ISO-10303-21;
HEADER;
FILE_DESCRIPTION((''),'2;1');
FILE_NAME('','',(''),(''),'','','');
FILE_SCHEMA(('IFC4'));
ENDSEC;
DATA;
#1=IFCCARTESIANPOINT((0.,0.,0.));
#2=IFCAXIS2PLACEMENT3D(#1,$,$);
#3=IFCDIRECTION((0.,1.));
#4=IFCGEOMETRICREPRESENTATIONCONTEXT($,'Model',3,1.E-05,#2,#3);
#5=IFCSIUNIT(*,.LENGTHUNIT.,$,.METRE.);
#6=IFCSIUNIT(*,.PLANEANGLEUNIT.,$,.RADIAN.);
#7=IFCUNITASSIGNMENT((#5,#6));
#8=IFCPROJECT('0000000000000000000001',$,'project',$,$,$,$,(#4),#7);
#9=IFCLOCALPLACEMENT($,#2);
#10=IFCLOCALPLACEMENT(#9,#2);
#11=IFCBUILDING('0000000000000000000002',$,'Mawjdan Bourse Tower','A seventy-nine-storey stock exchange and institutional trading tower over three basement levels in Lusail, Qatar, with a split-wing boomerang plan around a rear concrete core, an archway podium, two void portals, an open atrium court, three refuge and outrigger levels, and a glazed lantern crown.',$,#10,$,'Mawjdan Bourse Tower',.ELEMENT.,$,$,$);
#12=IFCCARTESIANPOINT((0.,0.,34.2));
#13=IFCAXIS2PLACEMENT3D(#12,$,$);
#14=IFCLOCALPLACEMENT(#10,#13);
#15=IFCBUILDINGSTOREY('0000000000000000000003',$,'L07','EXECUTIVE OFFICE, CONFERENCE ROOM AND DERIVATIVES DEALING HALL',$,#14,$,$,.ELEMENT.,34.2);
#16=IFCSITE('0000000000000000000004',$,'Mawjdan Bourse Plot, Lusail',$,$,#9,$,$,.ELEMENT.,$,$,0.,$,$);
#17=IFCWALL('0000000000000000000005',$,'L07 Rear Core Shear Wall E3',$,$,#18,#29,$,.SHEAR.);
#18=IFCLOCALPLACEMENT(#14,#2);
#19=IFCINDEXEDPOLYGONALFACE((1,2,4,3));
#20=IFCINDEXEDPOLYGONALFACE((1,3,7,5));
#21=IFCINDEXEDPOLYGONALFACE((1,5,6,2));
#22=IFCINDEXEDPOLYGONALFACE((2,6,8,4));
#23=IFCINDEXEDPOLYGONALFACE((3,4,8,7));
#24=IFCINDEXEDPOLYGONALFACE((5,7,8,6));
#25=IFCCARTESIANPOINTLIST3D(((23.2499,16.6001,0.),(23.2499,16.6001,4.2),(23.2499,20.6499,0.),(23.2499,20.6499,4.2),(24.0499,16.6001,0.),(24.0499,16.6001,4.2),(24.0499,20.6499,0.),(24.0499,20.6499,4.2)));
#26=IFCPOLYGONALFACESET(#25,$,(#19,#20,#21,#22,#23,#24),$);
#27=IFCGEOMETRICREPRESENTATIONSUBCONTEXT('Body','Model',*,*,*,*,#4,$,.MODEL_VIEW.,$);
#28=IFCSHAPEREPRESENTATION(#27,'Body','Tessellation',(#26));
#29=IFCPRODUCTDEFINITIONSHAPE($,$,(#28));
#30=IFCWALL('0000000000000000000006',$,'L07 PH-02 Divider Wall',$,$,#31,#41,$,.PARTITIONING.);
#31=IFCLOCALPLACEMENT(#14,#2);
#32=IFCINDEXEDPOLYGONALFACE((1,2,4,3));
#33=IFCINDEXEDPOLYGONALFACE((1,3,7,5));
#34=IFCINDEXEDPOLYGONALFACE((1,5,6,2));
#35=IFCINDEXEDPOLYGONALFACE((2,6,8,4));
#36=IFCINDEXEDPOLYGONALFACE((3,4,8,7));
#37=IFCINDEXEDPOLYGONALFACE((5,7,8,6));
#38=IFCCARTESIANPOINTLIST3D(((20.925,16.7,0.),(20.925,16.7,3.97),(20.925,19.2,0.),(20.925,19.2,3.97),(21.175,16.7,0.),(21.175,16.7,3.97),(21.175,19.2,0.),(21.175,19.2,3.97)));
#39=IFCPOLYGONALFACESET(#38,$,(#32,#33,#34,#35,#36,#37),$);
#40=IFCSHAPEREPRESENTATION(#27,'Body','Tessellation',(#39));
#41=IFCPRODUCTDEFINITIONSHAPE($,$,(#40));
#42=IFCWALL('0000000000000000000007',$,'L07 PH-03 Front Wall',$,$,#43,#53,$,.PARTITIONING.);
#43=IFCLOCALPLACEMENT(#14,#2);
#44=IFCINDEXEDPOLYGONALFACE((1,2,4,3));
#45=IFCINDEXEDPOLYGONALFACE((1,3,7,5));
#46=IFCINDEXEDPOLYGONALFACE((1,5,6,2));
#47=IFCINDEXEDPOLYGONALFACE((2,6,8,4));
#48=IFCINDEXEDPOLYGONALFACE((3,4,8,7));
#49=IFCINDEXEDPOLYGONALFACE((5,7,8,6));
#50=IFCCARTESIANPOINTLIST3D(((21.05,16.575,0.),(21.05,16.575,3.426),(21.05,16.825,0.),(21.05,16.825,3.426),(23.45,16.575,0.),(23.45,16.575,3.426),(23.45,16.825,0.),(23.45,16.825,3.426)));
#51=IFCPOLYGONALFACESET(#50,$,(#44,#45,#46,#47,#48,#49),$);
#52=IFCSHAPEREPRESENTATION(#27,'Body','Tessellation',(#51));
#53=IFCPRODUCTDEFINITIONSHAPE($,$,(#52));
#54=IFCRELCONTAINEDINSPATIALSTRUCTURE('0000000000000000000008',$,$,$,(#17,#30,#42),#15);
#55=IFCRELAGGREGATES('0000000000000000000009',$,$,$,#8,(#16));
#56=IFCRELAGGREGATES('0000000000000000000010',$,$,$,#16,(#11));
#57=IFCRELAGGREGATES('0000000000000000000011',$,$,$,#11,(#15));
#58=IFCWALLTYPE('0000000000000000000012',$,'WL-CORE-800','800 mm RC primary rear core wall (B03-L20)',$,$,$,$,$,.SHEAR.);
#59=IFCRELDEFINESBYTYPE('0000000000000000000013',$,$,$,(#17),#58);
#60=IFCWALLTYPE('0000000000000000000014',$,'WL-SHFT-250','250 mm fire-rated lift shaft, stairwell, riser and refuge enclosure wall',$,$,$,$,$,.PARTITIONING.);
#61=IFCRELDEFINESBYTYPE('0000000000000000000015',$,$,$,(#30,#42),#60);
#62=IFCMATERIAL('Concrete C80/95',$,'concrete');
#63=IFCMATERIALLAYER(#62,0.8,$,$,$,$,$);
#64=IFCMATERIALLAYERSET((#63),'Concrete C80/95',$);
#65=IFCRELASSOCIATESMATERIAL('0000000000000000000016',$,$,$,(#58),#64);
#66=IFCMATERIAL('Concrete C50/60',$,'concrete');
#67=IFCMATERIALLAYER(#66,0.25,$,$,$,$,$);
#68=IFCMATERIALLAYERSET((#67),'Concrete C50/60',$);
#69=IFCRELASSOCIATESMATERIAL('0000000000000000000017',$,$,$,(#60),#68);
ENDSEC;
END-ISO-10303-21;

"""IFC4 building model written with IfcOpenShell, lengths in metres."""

from ifc_helpers import new_model, si_unit, direction, frame, frame_2d, origin, place, context, subcontext, project, spatial, rectangle, extrude, material, layer, layer_set, type_object, element, save


model = new_model("IFC4")

# Units and contexts
model_context = context("Model", 3, precision=1e-05, world=origin(), true_north=direction((0.0, 1.0)))
body_context = subcontext(model_context, "Body", "Model", "MODEL_VIEW")
ifc_project = project(units=[si_unit("LENGTHUNIT", "METRE"), si_unit("PLANEANGLEUNIT", "RADIAN")], contexts=[model_context])

# Site, building, storey
site_placement = place(None, origin())
site = spatial("IfcSite", under=ifc_project, at=site_placement, Name="Mawjdan Bourse Plot, Lusail", CompositionType="ELEMENT", RefElevation=0.0)
building_placement = place(site_placement, origin())
building = spatial("IfcBuilding", under=site, at=building_placement, Name="Mawjdan Bourse Tower", Description="A seventy-nine-storey stock exchange and institutional trading tower over three basement levels in Lusail, Qatar, with a split-wing boomerang plan around a rear concrete core, an archway podium, two void portals, an open atrium court, three refuge and outrigger levels, and a glazed lantern crown.", LongName="Mawjdan Bourse Tower", CompositionType="ELEMENT")
storey_placement = place(building_placement, frame((0.0, 0.0, 34.2)))
storey = spatial("IfcBuildingStorey", under=building, at=storey_placement, Name="L07", Description="EXECUTIVE OFFICE, CONFERENCE ROOM AND DERIVATIVES DEALING HALL", CompositionType="ELEMENT", Elevation=34.2)

# Shared definitions
ifc_material_1 = material(Name="Concrete C80/95", Category="concrete")

# Walls
ifc_layer_1 = layer(ifc_material_1, 0.8)
ifc_layer_set_1 = layer_set([ifc_layer_1], Name="Concrete C80/95")
wall_type_1 = type_object("IfcWallType", Name="WL-CORE-800", Description="800 mm RC primary rear core wall (B03-L20)", PredefinedType="SHEAR", material=ifc_layer_set_1)
wall_1_placement = place(storey_placement, frame((23.6499, 16.6001, 0.0), z_axis=(0.0, 0.0, 1.0), x_axis=(0.0, 1.0, 0.0)))
element("IfcWall", 1, at=wall_1_placement, inside=storey, type_object=wall_type_1, Name="L07 Rear Core Shear Wall E3", PredefinedType="SHEAR", context=body_context, shape_type="SweptSolid", body=[
    extrude(rectangle(XDim=4.0498, YDim=0.8, at=frame_2d((2.0249, 0.0))), origin(), (0.0, 0.0, 1.0), 4.2),
])
ifc_material_2 = material(Name="Concrete C50/60", Category="concrete")
ifc_layer_2 = layer(ifc_material_2, 0.25)
ifc_layer_set_2 = layer_set([ifc_layer_2], Name="Concrete C50/60")
wall_type_2 = type_object("IfcWallType", Name="WL-SHFT-250", Description="250 mm fire-rated lift shaft, stairwell, riser and refuge enclosure wall", PredefinedType="PARTITIONING", material=ifc_layer_set_2)
wall_2_placement = place(storey_placement, frame((21.05, 16.7, 0.0), z_axis=(0.0, 0.0, 1.0), x_axis=(0.0, 1.0, 0.0)))
element("IfcWall", 2, at=wall_2_placement, inside=storey, type_object=wall_type_2, Name="L07 PH-02 Divider Wall", PredefinedType="PARTITIONING", context=body_context, shape_type="SweptSolid", body=[
    extrude(rectangle(XDim=2.5, YDim=0.25, at=frame_2d((1.25, 0.0))), origin(), (0.0, 0.0, 1.0), 3.97),
])
wall_3_placement = place(storey_placement, frame((21.05, 16.7, 0.0), z_axis=(0.0, 0.0, 1.0), x_axis=(1.0, 0.0, 0.0)))
element("IfcWall", 3, at=wall_3_placement, inside=storey, type_object=wall_type_2, Name="L07 PH-03 Front Wall", PredefinedType="PARTITIONING", context=body_context, shape_type="SweptSolid", body=[
    extrude(rectangle(XDim=2.3999, YDim=0.25, at=frame_2d((1.2, 0.0))), origin(), (0.0, 0.0, 1.0), 3.426),
])

save(model, "model.ifc")
